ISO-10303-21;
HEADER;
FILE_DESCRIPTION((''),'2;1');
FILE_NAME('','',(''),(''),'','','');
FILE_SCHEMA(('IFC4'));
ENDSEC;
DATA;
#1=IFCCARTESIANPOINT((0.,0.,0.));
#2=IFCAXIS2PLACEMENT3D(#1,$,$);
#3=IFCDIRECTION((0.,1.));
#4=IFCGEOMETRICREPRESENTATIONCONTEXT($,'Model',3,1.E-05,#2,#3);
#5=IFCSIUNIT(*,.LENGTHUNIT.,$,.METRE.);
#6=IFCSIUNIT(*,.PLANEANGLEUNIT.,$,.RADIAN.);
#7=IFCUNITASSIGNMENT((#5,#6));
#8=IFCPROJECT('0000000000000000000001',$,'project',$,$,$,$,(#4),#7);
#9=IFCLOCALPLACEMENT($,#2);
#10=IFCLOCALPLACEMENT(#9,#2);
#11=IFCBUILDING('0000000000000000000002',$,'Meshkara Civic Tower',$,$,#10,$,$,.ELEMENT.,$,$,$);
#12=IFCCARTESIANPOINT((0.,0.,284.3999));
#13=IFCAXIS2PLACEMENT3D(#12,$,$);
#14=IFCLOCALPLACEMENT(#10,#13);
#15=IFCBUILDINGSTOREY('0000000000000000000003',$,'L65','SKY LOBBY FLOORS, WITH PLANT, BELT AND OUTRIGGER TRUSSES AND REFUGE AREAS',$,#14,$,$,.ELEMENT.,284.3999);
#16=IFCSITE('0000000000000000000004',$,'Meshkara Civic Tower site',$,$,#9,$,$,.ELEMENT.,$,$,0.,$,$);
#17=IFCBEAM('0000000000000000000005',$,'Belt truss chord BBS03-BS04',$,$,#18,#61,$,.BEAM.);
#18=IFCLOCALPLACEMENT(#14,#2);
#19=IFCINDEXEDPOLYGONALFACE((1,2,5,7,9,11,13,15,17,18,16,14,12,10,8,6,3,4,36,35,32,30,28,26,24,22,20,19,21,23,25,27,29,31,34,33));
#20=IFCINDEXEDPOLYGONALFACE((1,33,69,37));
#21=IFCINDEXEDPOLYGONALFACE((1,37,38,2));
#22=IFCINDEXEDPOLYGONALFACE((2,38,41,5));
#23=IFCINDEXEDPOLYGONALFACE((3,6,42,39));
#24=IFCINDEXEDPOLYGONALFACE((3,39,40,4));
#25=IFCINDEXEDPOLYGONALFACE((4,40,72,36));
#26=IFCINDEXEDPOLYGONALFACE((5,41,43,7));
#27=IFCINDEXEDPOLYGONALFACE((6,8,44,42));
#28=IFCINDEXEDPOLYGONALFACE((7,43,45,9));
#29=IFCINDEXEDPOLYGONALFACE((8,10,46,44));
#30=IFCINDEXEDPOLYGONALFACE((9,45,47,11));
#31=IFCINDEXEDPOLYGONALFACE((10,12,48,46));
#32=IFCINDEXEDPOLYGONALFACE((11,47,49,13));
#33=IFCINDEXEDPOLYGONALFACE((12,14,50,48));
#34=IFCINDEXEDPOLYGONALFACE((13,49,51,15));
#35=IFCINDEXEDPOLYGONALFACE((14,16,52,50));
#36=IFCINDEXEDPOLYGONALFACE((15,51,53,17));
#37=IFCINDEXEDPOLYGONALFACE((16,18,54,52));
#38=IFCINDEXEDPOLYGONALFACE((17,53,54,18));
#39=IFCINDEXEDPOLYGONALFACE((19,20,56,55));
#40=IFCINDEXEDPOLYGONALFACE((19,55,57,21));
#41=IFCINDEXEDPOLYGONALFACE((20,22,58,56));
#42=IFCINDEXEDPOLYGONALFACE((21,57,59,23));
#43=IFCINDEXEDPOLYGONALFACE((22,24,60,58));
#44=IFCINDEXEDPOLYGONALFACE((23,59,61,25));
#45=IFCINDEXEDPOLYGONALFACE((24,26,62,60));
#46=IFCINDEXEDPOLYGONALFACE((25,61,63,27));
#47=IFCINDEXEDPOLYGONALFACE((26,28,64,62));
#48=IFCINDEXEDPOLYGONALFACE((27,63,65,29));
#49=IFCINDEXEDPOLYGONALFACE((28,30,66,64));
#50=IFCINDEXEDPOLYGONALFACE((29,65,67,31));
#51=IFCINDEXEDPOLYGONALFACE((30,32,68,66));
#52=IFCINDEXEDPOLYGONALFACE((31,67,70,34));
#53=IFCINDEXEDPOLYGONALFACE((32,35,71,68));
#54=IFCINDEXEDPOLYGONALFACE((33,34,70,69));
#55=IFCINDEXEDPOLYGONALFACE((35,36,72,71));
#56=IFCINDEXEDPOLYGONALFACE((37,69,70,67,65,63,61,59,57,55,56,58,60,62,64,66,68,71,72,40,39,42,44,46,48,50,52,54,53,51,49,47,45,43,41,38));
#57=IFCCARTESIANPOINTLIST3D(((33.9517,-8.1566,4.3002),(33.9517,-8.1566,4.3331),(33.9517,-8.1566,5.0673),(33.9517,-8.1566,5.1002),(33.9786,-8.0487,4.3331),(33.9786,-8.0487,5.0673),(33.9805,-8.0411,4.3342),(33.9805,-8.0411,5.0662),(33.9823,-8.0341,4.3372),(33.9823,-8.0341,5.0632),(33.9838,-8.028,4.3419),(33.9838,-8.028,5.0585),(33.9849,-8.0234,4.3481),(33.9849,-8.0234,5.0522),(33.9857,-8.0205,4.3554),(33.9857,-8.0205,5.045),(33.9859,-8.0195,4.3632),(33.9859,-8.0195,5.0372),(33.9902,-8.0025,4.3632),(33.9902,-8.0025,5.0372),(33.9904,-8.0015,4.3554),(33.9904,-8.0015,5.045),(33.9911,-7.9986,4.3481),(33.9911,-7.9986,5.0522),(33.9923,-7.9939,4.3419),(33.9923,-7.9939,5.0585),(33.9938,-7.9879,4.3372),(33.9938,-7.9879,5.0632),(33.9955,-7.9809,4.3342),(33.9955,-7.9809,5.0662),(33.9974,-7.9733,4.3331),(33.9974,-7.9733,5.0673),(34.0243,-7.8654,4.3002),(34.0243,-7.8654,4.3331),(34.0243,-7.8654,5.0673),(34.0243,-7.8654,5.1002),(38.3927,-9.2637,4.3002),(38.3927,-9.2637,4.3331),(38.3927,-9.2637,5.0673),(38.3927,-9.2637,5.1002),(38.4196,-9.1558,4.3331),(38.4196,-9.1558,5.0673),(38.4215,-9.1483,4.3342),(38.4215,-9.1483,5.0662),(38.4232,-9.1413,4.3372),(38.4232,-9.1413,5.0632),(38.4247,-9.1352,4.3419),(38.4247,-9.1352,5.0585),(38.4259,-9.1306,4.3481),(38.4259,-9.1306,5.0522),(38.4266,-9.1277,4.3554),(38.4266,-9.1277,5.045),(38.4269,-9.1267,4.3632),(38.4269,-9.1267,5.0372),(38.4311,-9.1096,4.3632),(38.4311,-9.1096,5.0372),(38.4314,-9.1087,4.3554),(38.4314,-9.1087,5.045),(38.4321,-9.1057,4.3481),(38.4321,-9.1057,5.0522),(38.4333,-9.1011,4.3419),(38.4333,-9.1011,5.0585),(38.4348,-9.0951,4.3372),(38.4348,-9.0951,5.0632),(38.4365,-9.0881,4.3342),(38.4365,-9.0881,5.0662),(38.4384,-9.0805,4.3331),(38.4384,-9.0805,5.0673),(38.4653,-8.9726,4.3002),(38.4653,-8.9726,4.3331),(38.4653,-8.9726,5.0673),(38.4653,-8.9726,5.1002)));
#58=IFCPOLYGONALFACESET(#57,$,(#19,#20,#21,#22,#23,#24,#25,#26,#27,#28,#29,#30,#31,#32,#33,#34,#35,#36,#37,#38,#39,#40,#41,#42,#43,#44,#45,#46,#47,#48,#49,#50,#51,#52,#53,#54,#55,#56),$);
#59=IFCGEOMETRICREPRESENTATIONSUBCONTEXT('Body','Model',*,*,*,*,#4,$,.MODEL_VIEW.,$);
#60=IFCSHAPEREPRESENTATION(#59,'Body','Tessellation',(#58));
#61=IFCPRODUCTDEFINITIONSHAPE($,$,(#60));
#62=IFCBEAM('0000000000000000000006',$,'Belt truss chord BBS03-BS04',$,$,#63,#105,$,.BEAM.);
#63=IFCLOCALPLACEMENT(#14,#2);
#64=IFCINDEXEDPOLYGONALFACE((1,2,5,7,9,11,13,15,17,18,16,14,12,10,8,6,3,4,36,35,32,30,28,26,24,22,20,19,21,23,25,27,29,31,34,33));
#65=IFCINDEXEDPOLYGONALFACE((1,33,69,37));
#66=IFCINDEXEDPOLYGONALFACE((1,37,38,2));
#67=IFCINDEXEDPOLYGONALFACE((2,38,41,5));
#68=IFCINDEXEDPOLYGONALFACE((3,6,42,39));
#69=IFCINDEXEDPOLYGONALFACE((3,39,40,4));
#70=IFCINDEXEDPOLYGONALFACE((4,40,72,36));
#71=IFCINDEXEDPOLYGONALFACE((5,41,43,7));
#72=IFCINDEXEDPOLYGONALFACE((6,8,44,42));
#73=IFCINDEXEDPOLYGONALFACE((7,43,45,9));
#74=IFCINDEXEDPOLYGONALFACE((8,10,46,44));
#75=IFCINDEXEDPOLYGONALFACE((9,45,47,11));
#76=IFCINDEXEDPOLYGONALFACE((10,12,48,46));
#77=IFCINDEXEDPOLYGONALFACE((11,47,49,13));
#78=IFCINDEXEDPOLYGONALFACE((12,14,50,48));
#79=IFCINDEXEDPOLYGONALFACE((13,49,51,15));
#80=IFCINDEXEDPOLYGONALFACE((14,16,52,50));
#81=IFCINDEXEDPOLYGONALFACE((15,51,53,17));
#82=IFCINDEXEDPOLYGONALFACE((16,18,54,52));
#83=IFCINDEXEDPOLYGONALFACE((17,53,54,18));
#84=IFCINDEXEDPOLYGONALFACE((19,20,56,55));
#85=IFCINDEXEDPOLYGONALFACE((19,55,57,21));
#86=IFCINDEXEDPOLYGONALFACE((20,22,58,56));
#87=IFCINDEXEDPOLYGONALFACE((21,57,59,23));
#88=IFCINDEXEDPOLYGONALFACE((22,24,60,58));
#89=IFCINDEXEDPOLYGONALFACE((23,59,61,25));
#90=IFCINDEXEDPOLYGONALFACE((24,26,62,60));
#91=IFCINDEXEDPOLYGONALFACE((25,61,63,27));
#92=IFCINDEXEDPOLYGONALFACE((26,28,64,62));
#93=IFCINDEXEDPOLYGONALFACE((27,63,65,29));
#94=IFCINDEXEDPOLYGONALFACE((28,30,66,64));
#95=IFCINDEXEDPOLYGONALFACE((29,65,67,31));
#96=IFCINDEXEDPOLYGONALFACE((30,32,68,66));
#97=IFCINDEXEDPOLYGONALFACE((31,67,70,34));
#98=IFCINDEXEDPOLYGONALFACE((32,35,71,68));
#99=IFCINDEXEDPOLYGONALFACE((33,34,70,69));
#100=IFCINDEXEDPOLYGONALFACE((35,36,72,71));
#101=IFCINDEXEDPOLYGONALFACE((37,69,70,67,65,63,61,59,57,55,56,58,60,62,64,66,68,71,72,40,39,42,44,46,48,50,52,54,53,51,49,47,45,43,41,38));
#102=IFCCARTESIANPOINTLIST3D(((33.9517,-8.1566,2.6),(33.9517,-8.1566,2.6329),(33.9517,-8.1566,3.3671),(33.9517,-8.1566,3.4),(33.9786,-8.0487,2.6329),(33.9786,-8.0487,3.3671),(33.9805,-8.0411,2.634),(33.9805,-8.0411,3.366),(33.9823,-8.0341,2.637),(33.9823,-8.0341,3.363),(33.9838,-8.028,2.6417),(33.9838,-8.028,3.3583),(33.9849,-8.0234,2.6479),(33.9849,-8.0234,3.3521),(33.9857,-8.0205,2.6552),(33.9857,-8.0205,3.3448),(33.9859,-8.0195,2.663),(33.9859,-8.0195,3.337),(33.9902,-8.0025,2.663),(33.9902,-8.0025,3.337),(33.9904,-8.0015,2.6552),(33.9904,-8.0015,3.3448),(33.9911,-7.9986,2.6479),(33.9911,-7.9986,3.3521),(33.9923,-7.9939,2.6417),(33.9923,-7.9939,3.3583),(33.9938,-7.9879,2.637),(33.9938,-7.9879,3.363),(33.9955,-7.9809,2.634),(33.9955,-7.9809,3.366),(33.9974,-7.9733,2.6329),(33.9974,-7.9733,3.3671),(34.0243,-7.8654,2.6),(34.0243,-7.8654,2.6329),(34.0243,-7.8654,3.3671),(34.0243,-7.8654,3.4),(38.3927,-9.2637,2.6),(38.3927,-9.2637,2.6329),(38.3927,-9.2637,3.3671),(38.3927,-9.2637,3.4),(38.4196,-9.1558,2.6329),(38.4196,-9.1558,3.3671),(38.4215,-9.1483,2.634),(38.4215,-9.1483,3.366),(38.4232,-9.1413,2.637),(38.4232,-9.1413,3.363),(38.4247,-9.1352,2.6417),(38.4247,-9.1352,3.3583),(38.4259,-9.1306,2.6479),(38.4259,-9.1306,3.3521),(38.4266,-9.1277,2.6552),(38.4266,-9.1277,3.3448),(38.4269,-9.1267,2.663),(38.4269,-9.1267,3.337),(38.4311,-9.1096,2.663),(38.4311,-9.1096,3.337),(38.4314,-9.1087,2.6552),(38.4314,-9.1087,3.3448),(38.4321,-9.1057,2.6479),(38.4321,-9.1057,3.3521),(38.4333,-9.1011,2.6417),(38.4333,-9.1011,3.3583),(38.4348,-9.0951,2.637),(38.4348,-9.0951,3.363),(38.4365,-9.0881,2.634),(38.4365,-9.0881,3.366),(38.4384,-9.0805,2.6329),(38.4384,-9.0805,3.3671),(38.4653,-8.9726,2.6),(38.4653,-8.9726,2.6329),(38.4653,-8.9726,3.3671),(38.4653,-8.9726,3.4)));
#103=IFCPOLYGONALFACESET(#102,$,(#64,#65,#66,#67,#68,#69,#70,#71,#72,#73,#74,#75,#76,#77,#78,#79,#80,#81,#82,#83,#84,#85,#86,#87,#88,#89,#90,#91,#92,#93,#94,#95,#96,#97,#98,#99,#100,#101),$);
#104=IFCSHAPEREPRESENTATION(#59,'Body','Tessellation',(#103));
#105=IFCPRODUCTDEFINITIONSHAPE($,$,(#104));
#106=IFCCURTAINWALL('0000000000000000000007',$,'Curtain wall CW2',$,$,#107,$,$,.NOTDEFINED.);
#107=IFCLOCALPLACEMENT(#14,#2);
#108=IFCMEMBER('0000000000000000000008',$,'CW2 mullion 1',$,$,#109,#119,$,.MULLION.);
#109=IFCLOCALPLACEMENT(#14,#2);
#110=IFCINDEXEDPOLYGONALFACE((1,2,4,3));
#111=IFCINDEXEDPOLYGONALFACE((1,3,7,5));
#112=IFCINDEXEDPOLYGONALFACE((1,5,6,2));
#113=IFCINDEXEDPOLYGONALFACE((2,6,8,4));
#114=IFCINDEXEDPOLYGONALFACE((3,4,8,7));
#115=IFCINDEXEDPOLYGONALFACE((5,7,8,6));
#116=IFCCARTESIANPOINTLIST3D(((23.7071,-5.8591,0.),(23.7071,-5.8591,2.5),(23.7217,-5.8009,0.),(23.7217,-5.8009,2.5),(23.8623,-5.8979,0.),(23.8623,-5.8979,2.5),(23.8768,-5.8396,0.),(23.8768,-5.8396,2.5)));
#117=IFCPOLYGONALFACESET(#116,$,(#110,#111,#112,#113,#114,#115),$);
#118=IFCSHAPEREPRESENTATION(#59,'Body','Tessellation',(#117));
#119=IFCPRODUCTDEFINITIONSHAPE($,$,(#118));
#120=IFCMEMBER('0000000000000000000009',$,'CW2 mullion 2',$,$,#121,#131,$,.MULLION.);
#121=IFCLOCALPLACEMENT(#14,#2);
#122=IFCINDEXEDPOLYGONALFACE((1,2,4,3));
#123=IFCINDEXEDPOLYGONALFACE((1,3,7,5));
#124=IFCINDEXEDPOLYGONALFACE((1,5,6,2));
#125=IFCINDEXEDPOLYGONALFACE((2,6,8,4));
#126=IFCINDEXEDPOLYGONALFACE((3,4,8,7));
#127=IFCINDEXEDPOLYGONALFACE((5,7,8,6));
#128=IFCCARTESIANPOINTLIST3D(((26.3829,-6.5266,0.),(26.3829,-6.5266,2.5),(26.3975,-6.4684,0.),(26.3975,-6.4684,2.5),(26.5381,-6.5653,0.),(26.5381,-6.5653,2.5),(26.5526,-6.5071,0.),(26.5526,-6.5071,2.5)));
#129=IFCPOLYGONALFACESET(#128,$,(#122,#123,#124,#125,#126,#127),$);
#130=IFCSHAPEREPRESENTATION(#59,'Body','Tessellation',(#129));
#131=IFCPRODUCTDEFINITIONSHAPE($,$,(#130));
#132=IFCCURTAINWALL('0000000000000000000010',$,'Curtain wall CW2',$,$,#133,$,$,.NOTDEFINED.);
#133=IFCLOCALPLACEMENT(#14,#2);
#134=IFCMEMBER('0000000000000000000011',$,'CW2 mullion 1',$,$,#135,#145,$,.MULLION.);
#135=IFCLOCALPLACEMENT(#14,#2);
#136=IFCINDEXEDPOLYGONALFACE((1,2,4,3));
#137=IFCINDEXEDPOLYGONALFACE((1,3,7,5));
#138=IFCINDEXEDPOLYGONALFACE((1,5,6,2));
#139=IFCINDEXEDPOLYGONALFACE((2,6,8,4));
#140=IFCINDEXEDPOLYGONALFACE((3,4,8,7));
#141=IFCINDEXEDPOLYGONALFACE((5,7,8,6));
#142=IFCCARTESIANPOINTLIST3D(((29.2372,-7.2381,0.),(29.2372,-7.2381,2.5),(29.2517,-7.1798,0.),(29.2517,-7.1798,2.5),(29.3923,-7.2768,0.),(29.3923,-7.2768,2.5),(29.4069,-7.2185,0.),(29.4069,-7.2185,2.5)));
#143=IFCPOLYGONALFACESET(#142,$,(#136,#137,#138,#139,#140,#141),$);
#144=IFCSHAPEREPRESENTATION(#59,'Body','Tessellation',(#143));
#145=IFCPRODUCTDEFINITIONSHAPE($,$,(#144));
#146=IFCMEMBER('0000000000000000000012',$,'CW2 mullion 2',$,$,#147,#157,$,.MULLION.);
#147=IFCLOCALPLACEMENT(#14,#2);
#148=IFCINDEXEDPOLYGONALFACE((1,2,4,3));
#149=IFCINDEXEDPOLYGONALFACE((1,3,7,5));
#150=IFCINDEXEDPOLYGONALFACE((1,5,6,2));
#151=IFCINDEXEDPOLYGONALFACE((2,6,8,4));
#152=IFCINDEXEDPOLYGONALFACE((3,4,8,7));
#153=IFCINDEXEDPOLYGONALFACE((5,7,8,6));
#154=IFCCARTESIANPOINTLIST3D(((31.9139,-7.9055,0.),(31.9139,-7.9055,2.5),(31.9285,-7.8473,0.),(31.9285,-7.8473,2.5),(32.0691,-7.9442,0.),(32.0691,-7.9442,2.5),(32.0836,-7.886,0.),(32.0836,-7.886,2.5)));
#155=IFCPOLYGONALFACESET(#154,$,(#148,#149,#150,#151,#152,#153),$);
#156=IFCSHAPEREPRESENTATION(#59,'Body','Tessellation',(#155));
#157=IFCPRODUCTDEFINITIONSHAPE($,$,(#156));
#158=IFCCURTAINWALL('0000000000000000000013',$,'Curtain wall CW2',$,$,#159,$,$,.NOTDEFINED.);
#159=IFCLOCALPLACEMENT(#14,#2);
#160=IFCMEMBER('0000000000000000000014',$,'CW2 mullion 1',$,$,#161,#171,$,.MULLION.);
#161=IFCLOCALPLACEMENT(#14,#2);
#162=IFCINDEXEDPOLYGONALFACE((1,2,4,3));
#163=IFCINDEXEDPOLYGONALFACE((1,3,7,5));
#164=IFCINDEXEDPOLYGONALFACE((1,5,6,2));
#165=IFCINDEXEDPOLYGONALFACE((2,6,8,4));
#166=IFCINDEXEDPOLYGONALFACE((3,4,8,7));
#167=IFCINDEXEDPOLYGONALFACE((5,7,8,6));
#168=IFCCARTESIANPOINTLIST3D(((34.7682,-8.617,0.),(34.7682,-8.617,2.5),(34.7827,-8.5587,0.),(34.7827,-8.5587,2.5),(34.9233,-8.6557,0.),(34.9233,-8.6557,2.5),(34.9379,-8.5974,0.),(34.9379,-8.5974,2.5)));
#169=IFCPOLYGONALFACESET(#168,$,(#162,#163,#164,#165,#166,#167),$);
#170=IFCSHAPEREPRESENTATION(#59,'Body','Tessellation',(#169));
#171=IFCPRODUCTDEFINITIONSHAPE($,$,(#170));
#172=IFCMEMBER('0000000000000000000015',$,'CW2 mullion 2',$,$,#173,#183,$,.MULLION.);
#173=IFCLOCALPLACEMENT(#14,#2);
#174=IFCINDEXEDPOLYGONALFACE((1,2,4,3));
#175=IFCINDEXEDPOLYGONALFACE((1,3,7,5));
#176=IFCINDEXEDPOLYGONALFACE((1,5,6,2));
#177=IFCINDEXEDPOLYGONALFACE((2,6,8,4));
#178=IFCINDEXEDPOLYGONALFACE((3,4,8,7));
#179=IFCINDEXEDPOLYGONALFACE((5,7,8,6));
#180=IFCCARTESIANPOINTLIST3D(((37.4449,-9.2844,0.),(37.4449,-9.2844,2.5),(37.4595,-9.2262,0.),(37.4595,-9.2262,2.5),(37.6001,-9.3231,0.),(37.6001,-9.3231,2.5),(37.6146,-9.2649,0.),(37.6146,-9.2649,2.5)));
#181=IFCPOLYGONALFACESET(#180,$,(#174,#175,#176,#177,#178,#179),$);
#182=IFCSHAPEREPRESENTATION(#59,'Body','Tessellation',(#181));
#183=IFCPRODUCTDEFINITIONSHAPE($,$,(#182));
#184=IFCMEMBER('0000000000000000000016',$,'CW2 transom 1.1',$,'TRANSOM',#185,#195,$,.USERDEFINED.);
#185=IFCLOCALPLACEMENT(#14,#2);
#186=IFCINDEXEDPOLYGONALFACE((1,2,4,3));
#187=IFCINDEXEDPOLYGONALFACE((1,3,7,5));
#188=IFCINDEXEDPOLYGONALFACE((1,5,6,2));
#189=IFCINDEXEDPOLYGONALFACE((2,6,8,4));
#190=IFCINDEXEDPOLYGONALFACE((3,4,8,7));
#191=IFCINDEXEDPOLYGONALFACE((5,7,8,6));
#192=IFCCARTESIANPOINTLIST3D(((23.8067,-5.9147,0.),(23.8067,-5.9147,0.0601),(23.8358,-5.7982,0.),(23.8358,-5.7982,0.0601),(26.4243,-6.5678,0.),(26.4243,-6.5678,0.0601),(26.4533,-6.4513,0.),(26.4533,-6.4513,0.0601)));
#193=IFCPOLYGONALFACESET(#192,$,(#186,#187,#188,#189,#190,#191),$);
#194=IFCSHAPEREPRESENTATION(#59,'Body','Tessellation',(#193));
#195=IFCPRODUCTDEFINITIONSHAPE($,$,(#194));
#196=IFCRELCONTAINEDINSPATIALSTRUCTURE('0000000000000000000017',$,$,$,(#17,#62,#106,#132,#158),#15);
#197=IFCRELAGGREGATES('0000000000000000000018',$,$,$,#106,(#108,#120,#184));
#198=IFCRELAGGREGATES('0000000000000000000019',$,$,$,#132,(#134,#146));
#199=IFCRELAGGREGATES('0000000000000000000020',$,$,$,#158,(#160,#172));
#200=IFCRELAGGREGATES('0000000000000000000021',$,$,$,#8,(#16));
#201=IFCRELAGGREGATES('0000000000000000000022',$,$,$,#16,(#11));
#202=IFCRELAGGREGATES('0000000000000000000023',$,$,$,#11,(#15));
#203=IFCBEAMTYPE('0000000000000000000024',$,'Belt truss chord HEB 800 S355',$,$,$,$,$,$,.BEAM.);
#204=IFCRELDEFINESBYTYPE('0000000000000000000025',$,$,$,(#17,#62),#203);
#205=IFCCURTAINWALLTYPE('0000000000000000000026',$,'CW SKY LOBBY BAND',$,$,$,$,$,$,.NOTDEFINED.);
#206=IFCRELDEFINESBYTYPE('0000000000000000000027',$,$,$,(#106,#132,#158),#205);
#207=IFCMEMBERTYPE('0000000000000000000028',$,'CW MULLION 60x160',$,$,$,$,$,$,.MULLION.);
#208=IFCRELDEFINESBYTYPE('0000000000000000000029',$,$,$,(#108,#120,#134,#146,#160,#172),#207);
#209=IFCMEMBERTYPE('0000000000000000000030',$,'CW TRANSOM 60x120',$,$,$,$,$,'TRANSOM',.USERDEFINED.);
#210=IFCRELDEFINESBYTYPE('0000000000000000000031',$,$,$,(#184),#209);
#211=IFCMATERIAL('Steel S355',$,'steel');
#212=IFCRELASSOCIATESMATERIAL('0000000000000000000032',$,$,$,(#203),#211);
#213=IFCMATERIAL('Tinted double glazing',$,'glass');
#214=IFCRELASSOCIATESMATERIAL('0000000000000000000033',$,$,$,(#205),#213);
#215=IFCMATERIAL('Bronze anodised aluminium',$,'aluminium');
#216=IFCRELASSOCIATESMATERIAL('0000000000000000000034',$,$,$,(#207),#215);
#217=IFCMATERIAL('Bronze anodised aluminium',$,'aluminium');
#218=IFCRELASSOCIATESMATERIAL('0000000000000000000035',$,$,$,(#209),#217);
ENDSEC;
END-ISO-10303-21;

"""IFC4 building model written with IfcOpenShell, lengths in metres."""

from ifc_helpers import new_model, si_unit, direction, frame, origin, origin_2d, place, context, subcontext, project, spatial, rectangle, i_section, extrude, material, material_profile, profile_set, type_object, element, aggregate, save


model = new_model("IFC4")

# Units and contexts
model_context = context("Model", 3, precision=1e-05, world=origin(), true_north=direction((0.0, 1.0)))
body_context = subcontext(model_context, "Body", "Model", "MODEL_VIEW")
ifc_project = project(units=[si_unit("LENGTHUNIT", "METRE"), si_unit("PLANEANGLEUNIT", "RADIAN")], contexts=[model_context])

# Site, building, storey
site_placement = place(None, origin())
site = spatial("IfcSite", under=ifc_project, at=site_placement, Name="Meshkara Civic Tower site", CompositionType="ELEMENT", RefElevation=0.0)
building_placement = place(site_placement, origin())
building = spatial("IfcBuilding", under=site, at=building_placement, Name="Meshkara Civic Tower", CompositionType="ELEMENT")
storey_placement = place(building_placement, frame((0.0, 0.0, 284.3999)))
storey = spatial("IfcBuildingStorey", under=building, at=storey_placement, Name="L65", Description="SKY LOBBY FLOORS, WITH PLANT, BELT AND OUTRIGGER TRUSSES AND REFUGE AREAS", CompositionType="ELEMENT", Elevation=284.3999)

# Beams
ifc_material_1 = material(Name="Steel S355", Category="steel")
ifc_material_profile_1 = material_profile(ifc_material_1, i_section(OverallWidth=0.3, OverallDepth=0.8, WebThickness=0.0176, FlangeThickness=0.033, FilletRadius=0.03, at=origin_2d()))
ifc_profile_set_1 = profile_set([ifc_material_profile_1], Name="Steel S355")
beam_type = type_object("IfcBeamType", Name="Belt truss chord HEB 800 S355", PredefinedType="BEAM", material=ifc_profile_set_1)
for number, where, z_axis, x_axis, name in (
    (1, (33.988, -8.011, 4.7002), (0.970299, -0.241908, 0.0), (0.241908, 0.970299, 0.0), "Belt truss chord BBS03-BS04"),
    (2, (33.988, -8.011, 3.0), (0.970299, -0.241908, 0.0), (0.241908, 0.970299, 0.0), "Belt truss chord BBS03-BS04"),
):
    element("IfcBeam", number, at=place(storey_placement, frame(where, z_axis=z_axis, x_axis=x_axis)), inside=storey, type_object=beam_type, Name=name, PredefinedType="BEAM", context=body_context, shape_type="SweptSolid", body=[
        extrude(i_section(OverallWidth=0.3, OverallDepth=0.8, WebThickness=0.0176, FlangeThickness=0.033, FilletRadius=0.03, at=origin_2d()), origin(), (0.0, 0.0, 1.0), 4.5769),
    ])

# Curtain walls, members
ifc_material_2 = material(Name="Tinted double glazing", Category="glass")
curtain_wall_type = type_object("IfcCurtainWallType", Name="CW SKY LOBBY BAND", PredefinedType="NOTDEFINED", material=ifc_material_2)
curtain_wall_1_placement = place(storey_placement, origin())
curtain_wall_1 = element("IfcCurtainWall", 3, at=curtain_wall_1_placement, inside=storey, type_object=curtain_wall_type, Name="Curtain wall CW2", PredefinedType="NOTDEFINED")
ifc_material_3 = material(Name="Bronze anodised aluminium", Category="aluminium")
ifc_material_profile_2 = material_profile(ifc_material_3, rectangle(XDim=0.0601, YDim=0.1599, at=origin_2d()))
ifc_profile_set_2 = profile_set([ifc_material_profile_2], Name="Bronze anodised aluminium")
member_type_1 = type_object("IfcMemberType", Name="CW MULLION 60x160", PredefinedType="MULLION", material=ifc_profile_set_2)
member_1_placement = place(storey_placement, frame((23.792, -5.8494, 0.0), z_axis=(0.0, 0.0, 1.0), x_axis=(0.242035, 0.970268, 0.0)))
member_1 = element("IfcMember", 4, at=member_1_placement, type_object=member_type_1, Name="CW2 mullion 1", PredefinedType="MULLION", context=body_context, shape_type="SweptSolid", body=[
    extrude(rectangle(XDim=0.0601, YDim=0.1599, at=origin_2d()), origin(), (0.0, 0.0, 1.0), 2.5),
])
member_2_placement = place(storey_placement, frame((26.4678, -6.5168, 0.0), z_axis=(0.0, 0.0, 1.0), x_axis=(0.242035, 0.970268, 0.0)))
member_2 = element("IfcMember", 5, at=member_2_placement, type_object=member_type_1, Name="CW2 mullion 2", PredefinedType="MULLION", context=body_context, shape_type="SweptSolid", body=[
    extrude(rectangle(XDim=0.0601, YDim=0.1599, at=origin_2d()), origin(), (0.0, 0.0, 1.0), 2.5),
])
curtain_wall_2_placement = place(storey_placement, origin())
curtain_wall_2 = element("IfcCurtainWall", 6, at=curtain_wall_2_placement, inside=storey, type_object=curtain_wall_type, Name="Curtain wall CW2", PredefinedType="NOTDEFINED")
member_3_placement = place(storey_placement, frame((29.322, -7.2283, 0.0), z_axis=(0.0, 0.0, 1.0), x_axis=(0.241951, 0.970288, 0.0)))
member_3 = element("IfcMember", 7, at=member_3_placement, type_object=member_type_1, Name="CW2 mullion 1", PredefinedType="MULLION", context=body_context, shape_type="SweptSolid", body=[
    extrude(rectangle(XDim=0.0601, YDim=0.1599, at=origin_2d()), origin(), (0.0, 0.0, 1.0), 2.5),
])
member_4_placement = place(storey_placement, frame((31.9988, -7.8958, 0.0), z_axis=(0.0, 0.0, 1.0), x_axis=(0.241951, 0.970288, 0.0)))
member_4 = element("IfcMember", 8, at=member_4_placement, type_object=member_type_1, Name="CW2 mullion 2", PredefinedType="MULLION", context=body_context, shape_type="SweptSolid", body=[
    extrude(rectangle(XDim=0.0601, YDim=0.1599, at=origin_2d()), origin(), (0.0, 0.0, 1.0), 2.5),
])
curtain_wall_3_placement = place(storey_placement, origin())
curtain_wall_3 = element("IfcCurtainWall", 9, at=curtain_wall_3_placement, inside=storey, type_object=curtain_wall_type, Name="Curtain wall CW2", PredefinedType="NOTDEFINED")
member_5_placement = place(storey_placement, frame((34.853, -8.6072, 0.0), z_axis=(0.0, 0.0, 1.0), x_axis=(0.241951, 0.970288, 0.0)))
member_5 = element("IfcMember", 10, at=member_5_placement, type_object=member_type_1, Name="CW2 mullion 1", PredefinedType="MULLION", context=body_context, shape_type="SweptSolid", body=[
    extrude(rectangle(XDim=0.0601, YDim=0.1599, at=origin_2d()), origin(), (0.0, 0.0, 1.0), 2.5),
])
member_6_placement = place(storey_placement, frame((37.5298, -9.2747, 0.0), z_axis=(0.0, 0.0, 1.0), x_axis=(0.241951, 0.970288, 0.0)))
member_6 = element("IfcMember", 11, at=member_6_placement, type_object=member_type_1, Name="CW2 mullion 2", PredefinedType="MULLION", context=body_context, shape_type="SweptSolid", body=[
    extrude(rectangle(XDim=0.0601, YDim=0.1599, at=origin_2d()), origin(), (0.0, 0.0, 1.0), 2.5),
])

# Member
ifc_material_4 = material(Name="Bronze anodised aluminium", Category="aluminium")
ifc_material_profile_3 = material_profile(ifc_material_4, rectangle(XDim=0.1201, YDim=0.0601, at=origin_2d()))
ifc_profile_set_3 = profile_set([ifc_material_profile_3], Name="Bronze anodised aluminium")
member_type_2 = type_object("IfcMemberType", Name="CW TRANSOM 60x120", ElementType="TRANSOM", PredefinedType="USERDEFINED", material=ifc_profile_set_3)
member_7_placement = place(storey_placement, frame((23.8213, -5.8564, 0.03), z_axis=(0.970254, -0.242088, 0.0), x_axis=(0.242088, 0.970254, 0.0)))
member_7 = element("IfcMember", 12, at=member_7_placement, type_object=member_type_2, Name="CW2 transom 1.1", ObjectType="TRANSOM", PredefinedType="USERDEFINED", context=body_context, shape_type="SweptSolid", body=[
    extrude(rectangle(XDim=0.1201, YDim=0.0601, at=origin_2d()), origin(), (0.0, 0.0, 1.0), 2.6978),
])

aggregate(curtain_wall_1, [member_1, member_2, member_7])
aggregate(curtain_wall_2, [member_3, member_4])
aggregate(curtain_wall_3, [member_5, member_6])

save(model, "model.ifc")
